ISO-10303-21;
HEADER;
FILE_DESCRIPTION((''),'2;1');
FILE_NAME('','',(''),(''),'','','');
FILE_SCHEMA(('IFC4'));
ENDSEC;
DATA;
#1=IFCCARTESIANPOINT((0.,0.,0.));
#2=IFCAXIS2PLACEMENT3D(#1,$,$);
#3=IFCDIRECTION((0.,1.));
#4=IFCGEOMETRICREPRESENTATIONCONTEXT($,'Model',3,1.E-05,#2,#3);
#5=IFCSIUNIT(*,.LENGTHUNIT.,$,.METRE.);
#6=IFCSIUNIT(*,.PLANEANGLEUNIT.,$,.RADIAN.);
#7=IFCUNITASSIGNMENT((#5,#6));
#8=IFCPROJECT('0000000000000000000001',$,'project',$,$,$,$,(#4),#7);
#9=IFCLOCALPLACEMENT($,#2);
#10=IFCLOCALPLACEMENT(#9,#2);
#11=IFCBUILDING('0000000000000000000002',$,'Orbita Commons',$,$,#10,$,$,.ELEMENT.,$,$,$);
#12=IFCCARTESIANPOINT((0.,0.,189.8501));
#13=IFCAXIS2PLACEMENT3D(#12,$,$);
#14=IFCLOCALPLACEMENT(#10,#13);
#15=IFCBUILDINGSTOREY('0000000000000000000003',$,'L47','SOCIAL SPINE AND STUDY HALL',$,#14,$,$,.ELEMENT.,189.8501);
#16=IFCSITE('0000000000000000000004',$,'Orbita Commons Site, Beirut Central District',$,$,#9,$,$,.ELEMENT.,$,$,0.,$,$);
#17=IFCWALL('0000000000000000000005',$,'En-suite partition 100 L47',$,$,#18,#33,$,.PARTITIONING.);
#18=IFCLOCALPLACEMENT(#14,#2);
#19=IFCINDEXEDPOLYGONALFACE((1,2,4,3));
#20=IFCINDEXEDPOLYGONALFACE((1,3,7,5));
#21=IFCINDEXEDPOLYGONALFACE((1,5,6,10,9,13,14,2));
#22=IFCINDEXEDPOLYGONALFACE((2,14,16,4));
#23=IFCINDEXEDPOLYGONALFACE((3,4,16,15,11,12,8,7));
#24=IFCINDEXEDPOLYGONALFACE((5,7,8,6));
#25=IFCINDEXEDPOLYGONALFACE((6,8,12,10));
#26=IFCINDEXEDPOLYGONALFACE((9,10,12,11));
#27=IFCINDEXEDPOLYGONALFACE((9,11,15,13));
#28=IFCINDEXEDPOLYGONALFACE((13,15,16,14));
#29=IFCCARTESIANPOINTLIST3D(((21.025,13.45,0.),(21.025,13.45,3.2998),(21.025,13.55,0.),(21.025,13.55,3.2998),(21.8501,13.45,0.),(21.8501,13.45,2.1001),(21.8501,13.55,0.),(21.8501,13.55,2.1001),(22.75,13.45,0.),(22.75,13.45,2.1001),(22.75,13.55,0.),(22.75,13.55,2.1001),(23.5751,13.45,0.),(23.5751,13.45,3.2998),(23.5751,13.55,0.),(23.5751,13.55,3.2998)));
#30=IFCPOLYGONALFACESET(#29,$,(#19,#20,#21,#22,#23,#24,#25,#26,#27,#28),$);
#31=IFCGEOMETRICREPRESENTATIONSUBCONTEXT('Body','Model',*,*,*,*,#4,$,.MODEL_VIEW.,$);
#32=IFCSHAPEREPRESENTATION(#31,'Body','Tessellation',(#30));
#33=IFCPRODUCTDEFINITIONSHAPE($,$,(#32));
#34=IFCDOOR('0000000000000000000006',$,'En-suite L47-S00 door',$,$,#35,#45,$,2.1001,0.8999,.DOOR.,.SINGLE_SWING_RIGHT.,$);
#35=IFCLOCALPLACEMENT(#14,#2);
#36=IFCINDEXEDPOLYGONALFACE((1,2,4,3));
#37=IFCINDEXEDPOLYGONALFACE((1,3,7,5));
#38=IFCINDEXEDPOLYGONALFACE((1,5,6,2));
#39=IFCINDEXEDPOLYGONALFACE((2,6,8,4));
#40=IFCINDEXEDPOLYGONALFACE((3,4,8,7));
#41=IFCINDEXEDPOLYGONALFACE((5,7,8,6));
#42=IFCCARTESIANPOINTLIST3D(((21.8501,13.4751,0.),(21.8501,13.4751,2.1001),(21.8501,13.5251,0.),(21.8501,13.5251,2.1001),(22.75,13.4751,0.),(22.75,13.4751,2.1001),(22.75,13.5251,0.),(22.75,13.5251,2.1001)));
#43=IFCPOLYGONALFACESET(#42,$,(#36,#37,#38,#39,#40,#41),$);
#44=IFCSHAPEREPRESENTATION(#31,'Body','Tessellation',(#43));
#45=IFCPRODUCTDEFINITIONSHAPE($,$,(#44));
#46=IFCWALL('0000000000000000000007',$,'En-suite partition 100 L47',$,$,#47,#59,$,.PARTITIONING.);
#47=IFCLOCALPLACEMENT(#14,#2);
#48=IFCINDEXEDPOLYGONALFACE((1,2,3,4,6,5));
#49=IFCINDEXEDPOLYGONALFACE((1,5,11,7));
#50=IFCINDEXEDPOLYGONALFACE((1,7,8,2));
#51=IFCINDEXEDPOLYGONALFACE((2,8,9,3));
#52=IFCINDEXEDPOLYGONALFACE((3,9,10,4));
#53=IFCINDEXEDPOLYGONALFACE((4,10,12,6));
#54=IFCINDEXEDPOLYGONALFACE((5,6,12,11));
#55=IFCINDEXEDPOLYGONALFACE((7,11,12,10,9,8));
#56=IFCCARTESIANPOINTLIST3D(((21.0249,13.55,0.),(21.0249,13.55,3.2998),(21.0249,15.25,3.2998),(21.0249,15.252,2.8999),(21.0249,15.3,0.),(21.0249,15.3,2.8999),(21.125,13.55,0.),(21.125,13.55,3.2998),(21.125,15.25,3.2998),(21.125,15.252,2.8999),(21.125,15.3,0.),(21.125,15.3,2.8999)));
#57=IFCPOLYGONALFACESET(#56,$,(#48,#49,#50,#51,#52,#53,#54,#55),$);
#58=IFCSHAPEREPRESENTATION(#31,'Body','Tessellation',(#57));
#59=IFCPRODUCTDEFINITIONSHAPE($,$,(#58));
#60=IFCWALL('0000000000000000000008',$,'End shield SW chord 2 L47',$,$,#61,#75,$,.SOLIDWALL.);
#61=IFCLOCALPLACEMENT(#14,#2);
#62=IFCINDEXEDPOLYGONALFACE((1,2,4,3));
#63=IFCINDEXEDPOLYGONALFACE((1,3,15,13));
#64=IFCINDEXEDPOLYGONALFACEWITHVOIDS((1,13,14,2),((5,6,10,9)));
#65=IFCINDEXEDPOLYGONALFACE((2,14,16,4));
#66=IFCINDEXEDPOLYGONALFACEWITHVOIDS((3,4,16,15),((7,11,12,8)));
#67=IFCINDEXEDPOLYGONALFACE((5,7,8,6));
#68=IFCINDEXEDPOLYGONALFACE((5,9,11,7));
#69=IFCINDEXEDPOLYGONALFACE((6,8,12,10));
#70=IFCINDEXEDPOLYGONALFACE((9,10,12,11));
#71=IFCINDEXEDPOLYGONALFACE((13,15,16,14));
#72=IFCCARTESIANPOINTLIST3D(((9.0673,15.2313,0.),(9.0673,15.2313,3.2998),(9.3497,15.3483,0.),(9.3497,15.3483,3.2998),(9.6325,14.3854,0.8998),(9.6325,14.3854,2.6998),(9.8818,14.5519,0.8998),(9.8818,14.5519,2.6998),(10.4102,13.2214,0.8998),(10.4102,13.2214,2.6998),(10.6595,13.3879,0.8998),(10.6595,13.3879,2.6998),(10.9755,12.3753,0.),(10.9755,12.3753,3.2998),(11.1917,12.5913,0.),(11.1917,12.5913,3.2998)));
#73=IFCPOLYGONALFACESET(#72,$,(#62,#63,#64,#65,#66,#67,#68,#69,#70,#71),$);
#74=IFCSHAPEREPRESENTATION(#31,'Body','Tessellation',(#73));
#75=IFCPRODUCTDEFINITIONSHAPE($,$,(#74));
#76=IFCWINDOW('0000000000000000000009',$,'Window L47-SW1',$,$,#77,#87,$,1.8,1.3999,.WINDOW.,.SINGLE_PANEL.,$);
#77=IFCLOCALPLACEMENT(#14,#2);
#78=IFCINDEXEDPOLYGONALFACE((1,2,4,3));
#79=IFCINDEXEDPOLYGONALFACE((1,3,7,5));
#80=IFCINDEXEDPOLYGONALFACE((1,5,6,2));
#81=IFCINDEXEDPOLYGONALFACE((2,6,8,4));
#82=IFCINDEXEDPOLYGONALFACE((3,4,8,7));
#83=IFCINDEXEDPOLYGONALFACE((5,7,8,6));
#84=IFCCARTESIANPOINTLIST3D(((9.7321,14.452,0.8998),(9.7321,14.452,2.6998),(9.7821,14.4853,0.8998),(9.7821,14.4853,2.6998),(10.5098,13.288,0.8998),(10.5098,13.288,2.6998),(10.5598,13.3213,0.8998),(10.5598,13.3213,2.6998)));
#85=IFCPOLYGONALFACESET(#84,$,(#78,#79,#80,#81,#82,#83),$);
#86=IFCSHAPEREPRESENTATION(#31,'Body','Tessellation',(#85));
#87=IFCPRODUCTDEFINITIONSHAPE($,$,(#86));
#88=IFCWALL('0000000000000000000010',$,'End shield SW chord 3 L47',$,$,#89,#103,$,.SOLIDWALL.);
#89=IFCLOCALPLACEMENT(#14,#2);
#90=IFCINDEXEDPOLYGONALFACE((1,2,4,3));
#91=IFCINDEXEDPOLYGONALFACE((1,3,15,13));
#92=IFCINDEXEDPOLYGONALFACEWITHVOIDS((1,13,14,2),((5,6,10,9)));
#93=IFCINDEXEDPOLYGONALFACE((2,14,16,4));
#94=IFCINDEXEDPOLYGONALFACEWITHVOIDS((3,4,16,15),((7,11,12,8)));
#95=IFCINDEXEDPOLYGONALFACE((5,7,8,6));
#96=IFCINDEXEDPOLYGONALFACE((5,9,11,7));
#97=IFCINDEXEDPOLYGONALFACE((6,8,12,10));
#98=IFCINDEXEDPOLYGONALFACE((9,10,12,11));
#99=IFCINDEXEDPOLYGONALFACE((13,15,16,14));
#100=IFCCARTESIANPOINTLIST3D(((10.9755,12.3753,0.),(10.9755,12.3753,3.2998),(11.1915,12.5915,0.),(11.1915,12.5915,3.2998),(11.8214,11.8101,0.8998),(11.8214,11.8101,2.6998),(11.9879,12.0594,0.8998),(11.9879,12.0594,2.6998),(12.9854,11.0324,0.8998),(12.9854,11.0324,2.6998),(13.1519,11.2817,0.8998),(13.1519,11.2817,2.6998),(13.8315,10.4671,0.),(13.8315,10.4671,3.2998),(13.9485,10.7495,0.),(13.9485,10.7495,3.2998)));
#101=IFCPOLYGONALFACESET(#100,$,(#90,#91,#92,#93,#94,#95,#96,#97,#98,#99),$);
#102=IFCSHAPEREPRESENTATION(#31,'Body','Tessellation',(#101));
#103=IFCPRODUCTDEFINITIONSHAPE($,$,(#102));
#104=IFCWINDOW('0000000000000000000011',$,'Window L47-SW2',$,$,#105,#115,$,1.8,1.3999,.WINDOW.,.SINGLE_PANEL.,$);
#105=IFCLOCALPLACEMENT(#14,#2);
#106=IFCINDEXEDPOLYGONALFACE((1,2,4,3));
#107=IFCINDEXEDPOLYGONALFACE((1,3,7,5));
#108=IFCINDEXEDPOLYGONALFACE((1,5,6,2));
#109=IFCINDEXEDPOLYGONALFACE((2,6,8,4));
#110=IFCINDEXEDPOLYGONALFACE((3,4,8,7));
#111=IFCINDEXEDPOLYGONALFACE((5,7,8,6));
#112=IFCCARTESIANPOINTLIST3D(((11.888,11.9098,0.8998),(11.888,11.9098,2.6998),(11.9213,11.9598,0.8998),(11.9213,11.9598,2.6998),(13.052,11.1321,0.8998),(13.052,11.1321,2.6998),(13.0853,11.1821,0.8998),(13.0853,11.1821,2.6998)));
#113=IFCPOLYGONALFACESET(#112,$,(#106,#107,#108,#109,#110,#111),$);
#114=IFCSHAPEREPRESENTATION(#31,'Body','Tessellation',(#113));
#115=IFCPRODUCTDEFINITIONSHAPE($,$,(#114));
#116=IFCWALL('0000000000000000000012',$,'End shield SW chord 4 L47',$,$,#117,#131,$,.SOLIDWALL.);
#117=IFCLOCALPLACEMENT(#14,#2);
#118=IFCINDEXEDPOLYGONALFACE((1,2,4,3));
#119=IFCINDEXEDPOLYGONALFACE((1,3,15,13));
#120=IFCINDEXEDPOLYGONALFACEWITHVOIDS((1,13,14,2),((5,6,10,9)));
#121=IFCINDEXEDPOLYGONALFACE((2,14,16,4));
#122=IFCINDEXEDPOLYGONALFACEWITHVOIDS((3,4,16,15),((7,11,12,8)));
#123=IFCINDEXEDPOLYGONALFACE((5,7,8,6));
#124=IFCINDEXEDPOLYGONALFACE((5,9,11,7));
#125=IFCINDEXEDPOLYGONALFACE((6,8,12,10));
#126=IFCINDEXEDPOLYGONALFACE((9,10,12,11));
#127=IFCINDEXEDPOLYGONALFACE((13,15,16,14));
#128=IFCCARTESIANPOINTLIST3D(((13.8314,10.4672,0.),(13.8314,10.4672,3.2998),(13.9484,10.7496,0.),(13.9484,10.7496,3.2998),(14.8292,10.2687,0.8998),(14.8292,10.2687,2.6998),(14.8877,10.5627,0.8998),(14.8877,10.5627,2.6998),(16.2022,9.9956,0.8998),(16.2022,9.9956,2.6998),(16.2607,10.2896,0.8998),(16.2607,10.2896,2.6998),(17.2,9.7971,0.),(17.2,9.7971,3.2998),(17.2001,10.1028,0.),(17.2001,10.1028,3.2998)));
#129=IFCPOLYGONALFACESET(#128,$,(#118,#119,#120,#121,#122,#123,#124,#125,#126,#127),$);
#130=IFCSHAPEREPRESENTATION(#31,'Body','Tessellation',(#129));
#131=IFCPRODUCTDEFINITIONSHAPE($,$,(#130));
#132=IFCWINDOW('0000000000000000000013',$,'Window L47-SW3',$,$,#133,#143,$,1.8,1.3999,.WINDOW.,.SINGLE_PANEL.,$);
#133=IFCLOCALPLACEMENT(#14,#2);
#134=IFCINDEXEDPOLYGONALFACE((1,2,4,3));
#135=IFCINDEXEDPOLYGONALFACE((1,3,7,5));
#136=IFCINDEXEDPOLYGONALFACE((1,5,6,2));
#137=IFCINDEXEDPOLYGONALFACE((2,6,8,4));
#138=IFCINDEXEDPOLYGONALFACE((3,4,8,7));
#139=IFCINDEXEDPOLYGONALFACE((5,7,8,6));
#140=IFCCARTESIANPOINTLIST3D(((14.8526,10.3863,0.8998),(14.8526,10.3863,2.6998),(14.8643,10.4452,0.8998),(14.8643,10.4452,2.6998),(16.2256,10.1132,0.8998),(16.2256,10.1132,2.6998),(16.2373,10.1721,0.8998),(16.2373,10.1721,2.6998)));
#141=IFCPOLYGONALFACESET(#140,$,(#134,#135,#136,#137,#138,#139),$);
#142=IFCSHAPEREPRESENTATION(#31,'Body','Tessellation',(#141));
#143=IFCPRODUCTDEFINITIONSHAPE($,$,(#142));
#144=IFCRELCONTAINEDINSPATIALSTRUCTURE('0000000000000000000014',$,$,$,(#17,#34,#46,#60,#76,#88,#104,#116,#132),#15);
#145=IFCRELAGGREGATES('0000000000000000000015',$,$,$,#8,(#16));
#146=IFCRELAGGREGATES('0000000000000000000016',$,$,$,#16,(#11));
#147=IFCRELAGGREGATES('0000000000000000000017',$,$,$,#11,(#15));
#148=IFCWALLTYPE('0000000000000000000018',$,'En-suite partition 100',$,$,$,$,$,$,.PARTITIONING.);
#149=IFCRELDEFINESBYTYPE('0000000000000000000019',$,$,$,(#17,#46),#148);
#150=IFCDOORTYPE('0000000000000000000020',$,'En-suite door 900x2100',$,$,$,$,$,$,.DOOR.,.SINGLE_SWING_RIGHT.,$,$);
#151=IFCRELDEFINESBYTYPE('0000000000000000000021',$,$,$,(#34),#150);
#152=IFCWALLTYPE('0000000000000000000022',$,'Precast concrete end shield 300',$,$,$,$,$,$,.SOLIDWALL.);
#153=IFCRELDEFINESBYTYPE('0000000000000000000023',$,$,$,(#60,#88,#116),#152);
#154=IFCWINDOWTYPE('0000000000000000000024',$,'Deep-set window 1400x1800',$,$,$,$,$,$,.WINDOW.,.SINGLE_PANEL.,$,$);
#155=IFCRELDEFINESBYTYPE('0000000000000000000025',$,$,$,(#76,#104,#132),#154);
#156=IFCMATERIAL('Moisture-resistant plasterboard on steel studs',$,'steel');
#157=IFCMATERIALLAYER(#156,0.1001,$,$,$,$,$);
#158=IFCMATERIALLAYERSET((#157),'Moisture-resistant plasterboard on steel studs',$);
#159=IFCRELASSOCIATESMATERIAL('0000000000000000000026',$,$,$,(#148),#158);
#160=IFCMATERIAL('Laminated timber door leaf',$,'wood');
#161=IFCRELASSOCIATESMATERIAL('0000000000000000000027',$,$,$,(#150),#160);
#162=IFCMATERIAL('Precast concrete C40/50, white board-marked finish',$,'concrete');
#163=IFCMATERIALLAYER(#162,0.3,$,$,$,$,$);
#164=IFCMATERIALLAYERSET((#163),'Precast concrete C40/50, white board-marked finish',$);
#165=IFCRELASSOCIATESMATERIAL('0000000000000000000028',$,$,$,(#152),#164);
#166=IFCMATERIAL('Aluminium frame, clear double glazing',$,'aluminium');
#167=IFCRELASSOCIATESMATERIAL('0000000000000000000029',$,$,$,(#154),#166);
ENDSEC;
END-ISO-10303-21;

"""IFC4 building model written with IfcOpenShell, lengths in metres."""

from ifc_helpers import new_model, si_unit, direction, frame, frame_2d, origin, place, context, subcontext, project, spatial, polyline, rectangle, outline, extrude, material, layer, layer_set, type_object, element, fill, save


model = new_model("IFC4")

# Units and contexts
model_context = context("Model", 3, precision=1e-05, world=origin(), true_north=direction((0.0, 1.0)))
body_context = subcontext(model_context, "Body", "Model", "MODEL_VIEW")
ifc_project = project(units=[si_unit("LENGTHUNIT", "METRE"), si_unit("PLANEANGLEUNIT", "RADIAN")], contexts=[model_context])

# Site, building, storey
site_placement = place(None, origin())
site = spatial("IfcSite", under=ifc_project, at=site_placement, Name="Orbita Commons Site, Beirut Central District", CompositionType="ELEMENT", RefElevation=0.0)
building_placement = place(site_placement, origin())
building = spatial("IfcBuilding", under=site, at=building_placement, Name="Orbita Commons", CompositionType="ELEMENT")
storey_placement = place(building_placement, frame((0.0, 0.0, 189.8501)))
storey = spatial("IfcBuildingStorey", under=building, at=storey_placement, Name="L47", Description="SOCIAL SPINE AND STUDY HALL", CompositionType="ELEMENT", Elevation=189.8501)

# Wall, opening, door
ifc_material_1 = material(Name="Moisture-resistant plasterboard on steel studs", Category="steel")
ifc_layer_1 = layer(ifc_material_1, 0.1001)
ifc_layer_set_1 = layer_set([ifc_layer_1], Name="Moisture-resistant plasterboard on steel studs")
wall_type_1 = type_object("IfcWallType", Name="En-suite partition 100", PredefinedType="PARTITIONING", material=ifc_layer_set_1)
wall_1_placement = place(storey_placement, frame((23.575, 13.5, 0.0), z_axis=(0.0, 0.0, 1.0), x_axis=(-1.0, 0.0, 0.0)))
wall_1 = element("IfcWall", 1, at=wall_1_placement, inside=storey, type_object=wall_type_1, Name="En-suite partition 100 L47", PredefinedType="PARTITIONING", context=body_context, shape_type="SweptSolid", body=[
    extrude(rectangle(XDim=2.55, YDim=0.1001, at=frame_2d((1.2749, 0.0))), origin(), (0.0, 0.0, 1.0), 3.2998),
])
opening_1_placement = place(wall_1_placement, frame((0.825, 0.0, 0.0)))
opening_1 = element("IfcOpeningElement", 2, at=opening_1_placement, cuts=wall_1, PredefinedType="OPENING", context=body_context, shape_type="SweptSolid", body=[
    extrude(rectangle(XDim=0.8999, YDim=2.1001, at=frame_2d((0.45, 1.05))), frame((0.0, 0.0601, 0.0), z_axis=(0.0, -1.0, 0.0), x_axis=(1.0, 0.0, 0.0)), (0.0, 0.0, 1.0), 0.1201),
])
ifc_material_2 = material(Name="Laminated timber door leaf", Category="wood")
door_type_1 = type_object("IfcDoorType", Name="En-suite door 900x2100", OperationType="SINGLE_SWING_RIGHT", PredefinedType="DOOR", material=ifc_material_2)
door_1_placement = place(opening_1_placement, origin())
door_1 = element("IfcDoor", 3, at=door_1_placement, inside=storey, type_object=door_type_1, Name="En-suite L47-S00 door", OperationType="SINGLE_SWING_RIGHT", OverallHeight=2.1001, OverallWidth=0.8999, PredefinedType="DOOR", context=body_context, shape_type="SweptSolid", body=[
    extrude(rectangle(XDim=0.8999, YDim=2.1001, at=frame_2d((0.45, 1.05))), frame((0.0, 0.0249, 0.0), z_axis=(0.0, -1.0, 0.0), x_axis=(1.0, 0.0, 0.0)), (0.0, 0.0, 1.0), 0.05),
])
fill(opening_1, door_1)

# Wall
wall_2_placement = place(storey_placement, frame((21.075, 13.55, 0.0), z_axis=(0.0, 0.0, 1.0), x_axis=(0.0, 1.0, 0.0)))
element("IfcWall", 4, at=wall_2_placement, inside=storey, type_object=wall_type_1, Name="En-suite partition 100 L47", PredefinedType="PARTITIONING", context=body_context, shape_type="SweptSolid", body=[
    extrude(outline(polyline([(0.0, 0.0), (1.75, 0.0), (1.75, 2.8999), (1.7019, 2.8999), (1.7, 3.2998), (0.0, 3.2998), (0.0, 0.0)])), frame((0.0, 0.05, 0.0), z_axis=(0.0, -1.0, 0.0), x_axis=(1.0, 0.0, 0.0)), (0.0, 0.0, 1.0), 0.1001),
])

# Walls, openings, windows
ifc_material_3 = material(Name="Precast concrete C40/50, white board-marked finish", Category="concrete")
ifc_layer_2 = layer(ifc_material_3, 0.3)
ifc_layer_set_2 = layer_set([ifc_layer_2], Name="Precast concrete C40/50, white board-marked finish")
wall_type_2 = type_object("IfcWallType", Name="Precast concrete end shield 300", PredefinedType="SOLIDWALL", material=ifc_layer_set_2)
wall_3_placement = place(storey_placement, frame((9.2085, 15.2898, 0.0), z_axis=(0.0, 0.0, 1.0), x_axis=(0.555535, -0.831493, 0.0)))
wall_3 = element("IfcWall", 5, at=wall_3_placement, inside=storey, type_object=wall_type_2, Name="End shield SW chord 2 L47", PredefinedType="SOLIDWALL", context=body_context, shape_type="SweptSolid", body=[
    extrude(outline(polyline([(-0.0298, -0.1499), (3.405, -0.1499), (3.3455, 0.1499), (0.0298, 0.1499), (-0.0298, -0.1499)])), origin(), (0.0, 0.0, 1.0), 3.2998),
])
opening_2_placement = place(wall_3_placement, frame((0.9875, 0.0, 0.8999)))
opening_2 = element("IfcOpeningElement", 6, at=opening_2_placement, cuts=wall_3, PredefinedType="OPENING", context=body_context, shape_type="SweptSolid", body=[
    extrude(rectangle(XDim=1.3999, YDim=1.8, at=frame_2d((0.7, 0.8999))), frame((0.0, 0.1599, 0.0), z_axis=(0.0, -1.0, 0.0), x_axis=(1.0, 0.0, 0.0)), (0.0, 0.0, 1.0), 0.3201),
])
ifc_material_4 = material(Name="Aluminium frame, clear double glazing", Category="aluminium")
window_type = type_object("IfcWindowType", Name="Deep-set window 1400x1800", PartitioningType="SINGLE_PANEL", PredefinedType="WINDOW", material=ifc_material_4)
window_1_placement = place(opening_2_placement, origin())
window_1 = element("IfcWindow", 7, at=window_1_placement, inside=storey, type_object=window_type, Name="Window L47-SW1", OverallHeight=1.8, OverallWidth=1.3999, PartitioningType="SINGLE_PANEL", PredefinedType="WINDOW", context=body_context, shape_type="SweptSolid", body=[
    extrude(rectangle(XDim=1.3999, YDim=1.8, at=frame_2d((0.7, 0.8999))), frame((0.0, 0.03, 0.0), z_axis=(0.0, -1.0, 0.0), x_axis=(1.0, 0.0, 0.0)), (0.0, 0.0, 1.0), 0.0601),
])
fill(opening_2, window_1)
wall_4_placement = place(storey_placement, frame((11.0835, 12.4834, 0.0), z_axis=(0.0, 0.0, 1.0), x_axis=(0.831493, -0.555535, 0.0)))
wall_4 = element("IfcWall", 8, at=wall_4_placement, inside=storey, type_object=wall_type_2, Name="End shield SW chord 3 L47", PredefinedType="SOLIDWALL", context=body_context, shape_type="SweptSolid", body=[
    extrude(outline(polyline([(-0.0298, -0.1499), (3.405, -0.1499), (3.3455, 0.1499), (0.0298, 0.1499), (-0.0298, -0.1499)])), origin(), (0.0, 0.0, 1.0), 3.2998),
])
opening_3_placement = place(wall_4_placement, frame((0.9875, 0.0, 0.8999)))
opening_3 = element("IfcOpeningElement", 9, at=opening_3_placement, cuts=wall_4, PredefinedType="OPENING", context=body_context, shape_type="SweptSolid", body=[
    extrude(rectangle(XDim=1.3999, YDim=1.8, at=frame_2d((0.7, 0.8999))), frame((0.0, 0.1599, 0.0), z_axis=(0.0, -1.0, 0.0), x_axis=(1.0, 0.0, 0.0)), (0.0, 0.0, 1.0), 0.3201),
])
window_2_placement = place(opening_3_placement, origin())
window_2 = element("IfcWindow", 10, at=window_2_placement, inside=storey, type_object=window_type, Name="Window L47-SW2", OverallHeight=1.8, OverallWidth=1.3999, PartitioningType="SINGLE_PANEL", PredefinedType="WINDOW", context=body_context, shape_type="SweptSolid", body=[
    extrude(rectangle(XDim=1.3999, YDim=1.8, at=frame_2d((0.7, 0.8999))), frame((0.0, 0.03, 0.0), z_axis=(0.0, -1.0, 0.0), x_axis=(1.0, 0.0, 0.0)), (0.0, 0.0, 1.0), 0.0601),
])
fill(opening_3, window_2)
wall_5_placement = place(storey_placement, frame((13.8899, 10.6084, 0.0), z_axis=(0.0, 0.0, 1.0), x_axis=(0.980783, -0.1951, 0.0)))
wall_5 = element("IfcWall", 11, at=wall_5_placement, inside=storey, type_object=wall_type_2, Name="End shield SW chord 4 L47", PredefinedType="SOLIDWALL", context=body_context, shape_type="SweptSolid", body=[
    extrude(outline(polyline([(-0.0298, -0.1499), (3.4048, -0.1499), (3.3452, 0.1499), (0.0298, 0.1499), (-0.0298, -0.1499)])), origin(), (0.0, 0.0, 1.0), 3.2998),
])
opening_4_placement = place(wall_5_placement, frame((0.9875, 0.0, 0.8999)))
opening_4 = element("IfcOpeningElement", 12, at=opening_4_placement, cuts=wall_5, PredefinedType="OPENING", context=body_context, shape_type="SweptSolid", body=[
    extrude(rectangle(XDim=1.3999, YDim=1.8, at=frame_2d((0.7, 0.8999))), frame((0.0, 0.1599, 0.0), z_axis=(0.0, -1.0, 0.0), x_axis=(1.0, 0.0, 0.0)), (0.0, 0.0, 1.0), 0.3201),
])
window_3_placement = place(opening_4_placement, origin())
window_3 = element("IfcWindow", 13, at=window_3_placement, inside=storey, type_object=window_type, Name="Window L47-SW3", OverallHeight=1.8, OverallWidth=1.3999, PartitioningType="SINGLE_PANEL", PredefinedType="WINDOW", context=body_context, shape_type="SweptSolid", body=[
    extrude(rectangle(XDim=1.3999, YDim=1.8, at=frame_2d((0.7, 0.8999))), frame((0.0, 0.03, 0.0), z_axis=(0.0, -1.0, 0.0), x_axis=(1.0, 0.0, 0.0)), (0.0, 0.0, 1.0), 0.0601),
])
fill(opening_4, window_3)

save(model, "model.ifc")
